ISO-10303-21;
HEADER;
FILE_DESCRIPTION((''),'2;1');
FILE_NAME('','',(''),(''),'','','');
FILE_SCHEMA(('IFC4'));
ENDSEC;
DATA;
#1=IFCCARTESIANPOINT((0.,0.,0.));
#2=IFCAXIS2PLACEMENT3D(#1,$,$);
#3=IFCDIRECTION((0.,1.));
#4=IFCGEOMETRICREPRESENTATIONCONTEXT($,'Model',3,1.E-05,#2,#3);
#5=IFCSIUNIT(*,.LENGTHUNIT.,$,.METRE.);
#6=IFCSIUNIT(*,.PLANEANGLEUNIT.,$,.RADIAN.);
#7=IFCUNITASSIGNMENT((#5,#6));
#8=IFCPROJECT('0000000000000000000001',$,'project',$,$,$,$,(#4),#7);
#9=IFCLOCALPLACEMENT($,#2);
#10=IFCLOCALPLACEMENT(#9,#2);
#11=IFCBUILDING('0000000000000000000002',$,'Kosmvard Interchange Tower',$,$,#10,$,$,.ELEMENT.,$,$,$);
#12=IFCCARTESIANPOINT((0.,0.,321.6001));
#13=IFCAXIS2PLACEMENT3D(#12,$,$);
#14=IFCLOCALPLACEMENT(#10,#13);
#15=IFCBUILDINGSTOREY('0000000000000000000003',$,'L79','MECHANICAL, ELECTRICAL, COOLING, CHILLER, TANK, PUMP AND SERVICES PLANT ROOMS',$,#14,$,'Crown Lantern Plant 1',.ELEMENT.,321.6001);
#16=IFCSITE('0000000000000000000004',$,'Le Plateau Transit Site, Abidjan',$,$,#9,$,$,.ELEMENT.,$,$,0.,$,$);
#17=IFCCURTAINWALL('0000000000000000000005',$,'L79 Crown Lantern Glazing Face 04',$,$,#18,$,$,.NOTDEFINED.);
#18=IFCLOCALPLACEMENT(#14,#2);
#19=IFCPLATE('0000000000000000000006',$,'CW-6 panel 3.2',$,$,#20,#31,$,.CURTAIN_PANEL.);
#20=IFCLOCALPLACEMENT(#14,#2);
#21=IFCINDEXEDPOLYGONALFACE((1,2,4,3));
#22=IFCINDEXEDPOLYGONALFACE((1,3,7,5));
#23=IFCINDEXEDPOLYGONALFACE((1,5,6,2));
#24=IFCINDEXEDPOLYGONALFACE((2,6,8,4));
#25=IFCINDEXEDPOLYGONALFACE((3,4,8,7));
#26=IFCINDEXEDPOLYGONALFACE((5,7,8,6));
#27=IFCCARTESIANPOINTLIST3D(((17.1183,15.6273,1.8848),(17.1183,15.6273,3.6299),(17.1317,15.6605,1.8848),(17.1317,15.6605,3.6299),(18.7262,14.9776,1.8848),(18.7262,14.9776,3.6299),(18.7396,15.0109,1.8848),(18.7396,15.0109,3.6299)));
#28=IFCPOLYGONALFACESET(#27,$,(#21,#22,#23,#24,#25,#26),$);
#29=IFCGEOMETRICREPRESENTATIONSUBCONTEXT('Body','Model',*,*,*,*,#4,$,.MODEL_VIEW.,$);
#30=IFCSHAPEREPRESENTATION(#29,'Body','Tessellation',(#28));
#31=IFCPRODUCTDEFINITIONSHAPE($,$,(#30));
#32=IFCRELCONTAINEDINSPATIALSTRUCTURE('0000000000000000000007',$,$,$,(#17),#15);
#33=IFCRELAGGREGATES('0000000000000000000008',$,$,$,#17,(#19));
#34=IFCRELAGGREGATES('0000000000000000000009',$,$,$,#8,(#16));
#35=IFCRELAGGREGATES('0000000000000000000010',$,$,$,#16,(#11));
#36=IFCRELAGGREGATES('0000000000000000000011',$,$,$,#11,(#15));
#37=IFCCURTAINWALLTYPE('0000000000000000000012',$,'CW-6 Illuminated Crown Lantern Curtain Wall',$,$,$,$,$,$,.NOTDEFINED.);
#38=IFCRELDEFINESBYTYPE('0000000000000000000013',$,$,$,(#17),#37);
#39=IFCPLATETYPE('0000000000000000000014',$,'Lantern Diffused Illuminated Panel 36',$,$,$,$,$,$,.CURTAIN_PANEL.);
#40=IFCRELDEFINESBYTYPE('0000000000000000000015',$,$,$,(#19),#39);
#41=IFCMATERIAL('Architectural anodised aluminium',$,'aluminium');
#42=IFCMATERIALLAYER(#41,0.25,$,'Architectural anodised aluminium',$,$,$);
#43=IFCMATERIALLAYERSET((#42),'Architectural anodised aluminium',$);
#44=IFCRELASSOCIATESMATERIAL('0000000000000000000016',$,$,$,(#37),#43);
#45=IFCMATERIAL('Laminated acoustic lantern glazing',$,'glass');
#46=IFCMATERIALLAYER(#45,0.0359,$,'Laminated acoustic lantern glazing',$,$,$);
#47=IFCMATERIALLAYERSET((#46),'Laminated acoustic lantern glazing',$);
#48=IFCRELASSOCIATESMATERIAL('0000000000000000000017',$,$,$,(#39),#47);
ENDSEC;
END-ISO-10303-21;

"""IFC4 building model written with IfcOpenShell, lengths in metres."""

from ifc_helpers import new_model, si_unit, direction, frame, origin, origin_2d, place, context, subcontext, project, spatial, rectangle, extrude, source, transform, mapped, material, layer, layer_set, type_object, element, aggregate, save


model = new_model("IFC4")

# Units and contexts
model_context = context("Model", 3, precision=1e-05, world=origin(), true_north=direction((0.0, 1.0)))
body_context = subcontext(model_context, "Body", "Model", "MODEL_VIEW")
ifc_project = project(units=[si_unit("LENGTHUNIT", "METRE"), si_unit("PLANEANGLEUNIT", "RADIAN")], contexts=[model_context])

# Site, building, storey
site_placement = place(None, origin())
site = spatial("IfcSite", under=ifc_project, at=site_placement, Name="Le Plateau Transit Site, Abidjan", CompositionType="ELEMENT", RefElevation=0.0)
building_placement = place(site_placement, origin())
building = spatial("IfcBuilding", under=site, at=building_placement, Name="Kosmvard Interchange Tower", CompositionType="ELEMENT")
storey_placement = place(building_placement, frame((0.0, 0.0, 321.6001)))
storey = spatial("IfcBuildingStorey", under=building, at=storey_placement, Name="L79", Description="MECHANICAL, ELECTRICAL, COOLING, CHILLER, TANK, PUMP AND SERVICES PLANT ROOMS", LongName="Crown Lantern Plant 1", CompositionType="ELEMENT", Elevation=321.6001)

# Shared definitions
ifc_material_1 = material(Name="Architectural anodised aluminium", Category="aluminium")
ifc_layer_1 = layer(ifc_material_1, 0.25, Name="Architectural anodised aluminium")
ifc_layer_set_1 = layer_set([ifc_layer_1], Name="Architectural anodised aluminium")
curtain_wall_type = type_object("IfcCurtainWallType", Name="CW-6 Illuminated Crown Lantern Curtain Wall", PredefinedType="NOTDEFINED", material=ifc_layer_set_1)

# Curtain wall, plate
curtain_wall_1_placement = place(storey_placement, origin())
curtain_wall_1 = element("IfcCurtainWall", 1, at=curtain_wall_1_placement, inside=storey, type_object=curtain_wall_type, Name="L79 Crown Lantern Glazing Face 04", PredefinedType="NOTDEFINED")
ifc_material_2 = material(Name="Laminated acoustic lantern glazing", Category="glass")
ifc_layer_2 = layer(ifc_material_2, 0.0359, Name="Laminated acoustic lantern glazing")
ifc_layer_set_2 = layer_set([ifc_layer_2], Name="Laminated acoustic lantern glazing")
plate_type = type_object("IfcPlateType", Name="Lantern Diffused Illuminated Panel 36", PredefinedType="CURTAIN_PANEL", material=ifc_layer_set_2)
shared_shape_1 = source(origin(), body_context, "Body", "SweptSolid", [
    extrude(rectangle(XDim=1.7341, YDim=0.0359, at=origin_2d()), origin(), (0.0, 0.0, 1.0), 1.7451),
])
plate_1_placement = place(storey_placement, frame((17.929, 15.3191, 1.8848), z_axis=(0.0, 0.0, 1.0), x_axis=(-0.927184, 0.374607, 0.0)))
plate_1 = element("IfcPlate", 2, at=plate_1_placement, type_object=plate_type, Name="CW-6 panel 3.2", PredefinedType="CURTAIN_PANEL", context=body_context, shape_type="MappedRepresentation", body=[
    mapped(shared_shape_1, transform((0.0, 0.0, 0.0), scale=1.0)),
])
aggregate(curtain_wall_1, [plate_1])

save(model, "model.ifc")
